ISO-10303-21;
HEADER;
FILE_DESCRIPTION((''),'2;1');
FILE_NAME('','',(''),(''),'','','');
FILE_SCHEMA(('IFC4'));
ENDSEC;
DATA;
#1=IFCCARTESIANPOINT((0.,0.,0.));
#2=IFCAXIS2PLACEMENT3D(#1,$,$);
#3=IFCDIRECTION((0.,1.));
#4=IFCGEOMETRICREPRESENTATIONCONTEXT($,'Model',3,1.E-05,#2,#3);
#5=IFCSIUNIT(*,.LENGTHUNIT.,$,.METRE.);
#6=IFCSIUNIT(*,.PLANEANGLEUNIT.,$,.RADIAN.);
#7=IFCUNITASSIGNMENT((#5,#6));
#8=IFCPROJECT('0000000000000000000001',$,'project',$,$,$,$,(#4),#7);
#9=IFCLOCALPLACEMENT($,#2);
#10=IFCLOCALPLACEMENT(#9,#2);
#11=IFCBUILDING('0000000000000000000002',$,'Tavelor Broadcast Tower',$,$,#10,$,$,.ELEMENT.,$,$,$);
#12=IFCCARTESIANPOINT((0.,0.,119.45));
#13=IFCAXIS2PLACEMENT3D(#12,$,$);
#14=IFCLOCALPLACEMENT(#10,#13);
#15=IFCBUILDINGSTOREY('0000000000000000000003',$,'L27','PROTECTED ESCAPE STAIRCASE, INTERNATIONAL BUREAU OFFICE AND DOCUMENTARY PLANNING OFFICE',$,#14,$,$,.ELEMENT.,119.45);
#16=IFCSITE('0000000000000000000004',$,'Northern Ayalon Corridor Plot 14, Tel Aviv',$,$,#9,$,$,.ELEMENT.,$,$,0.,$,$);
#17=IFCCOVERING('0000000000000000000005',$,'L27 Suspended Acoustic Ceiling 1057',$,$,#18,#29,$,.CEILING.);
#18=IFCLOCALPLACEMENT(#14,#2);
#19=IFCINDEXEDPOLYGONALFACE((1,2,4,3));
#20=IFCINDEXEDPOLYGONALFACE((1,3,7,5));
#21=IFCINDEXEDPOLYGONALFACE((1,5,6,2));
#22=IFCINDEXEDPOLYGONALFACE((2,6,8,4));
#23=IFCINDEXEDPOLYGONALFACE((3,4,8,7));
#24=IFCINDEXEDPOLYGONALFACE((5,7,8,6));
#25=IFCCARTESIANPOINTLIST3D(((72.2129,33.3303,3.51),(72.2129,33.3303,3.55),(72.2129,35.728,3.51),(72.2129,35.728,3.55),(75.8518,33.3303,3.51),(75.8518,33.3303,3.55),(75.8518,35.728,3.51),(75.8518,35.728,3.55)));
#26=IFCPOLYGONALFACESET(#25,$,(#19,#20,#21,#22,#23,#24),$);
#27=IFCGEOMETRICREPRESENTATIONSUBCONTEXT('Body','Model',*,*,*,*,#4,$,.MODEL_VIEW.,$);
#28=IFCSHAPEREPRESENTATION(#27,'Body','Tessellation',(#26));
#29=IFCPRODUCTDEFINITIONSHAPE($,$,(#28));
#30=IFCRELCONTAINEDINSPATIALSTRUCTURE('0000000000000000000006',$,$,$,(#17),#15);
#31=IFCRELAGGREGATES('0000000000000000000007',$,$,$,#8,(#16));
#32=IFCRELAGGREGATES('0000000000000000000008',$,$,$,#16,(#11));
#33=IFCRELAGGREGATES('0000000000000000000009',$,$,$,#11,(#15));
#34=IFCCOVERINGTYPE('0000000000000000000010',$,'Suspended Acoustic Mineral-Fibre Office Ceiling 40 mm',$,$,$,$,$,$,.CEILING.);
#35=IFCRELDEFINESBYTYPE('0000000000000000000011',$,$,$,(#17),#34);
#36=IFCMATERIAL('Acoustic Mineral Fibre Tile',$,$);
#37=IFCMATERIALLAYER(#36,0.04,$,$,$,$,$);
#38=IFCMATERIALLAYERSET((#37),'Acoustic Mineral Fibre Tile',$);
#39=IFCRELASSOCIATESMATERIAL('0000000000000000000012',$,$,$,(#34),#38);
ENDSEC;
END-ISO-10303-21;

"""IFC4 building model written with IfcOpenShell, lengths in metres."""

from ifc_helpers import new_model, si_unit, direction, frame, origin, place, context, subcontext, project, spatial, polyline, outline, extrude, material, layer, layer_set, type_object, element, save


model = new_model("IFC4")

# Units and contexts
model_context = context("Model", 3, precision=1e-05, world=origin(), true_north=direction((0.0, 1.0)))
body_context = subcontext(model_context, "Body", "Model", "MODEL_VIEW")
ifc_project = project(units=[si_unit("LENGTHUNIT", "METRE"), si_unit("PLANEANGLEUNIT", "RADIAN")], contexts=[model_context])

# Site, building, storey
site_placement = place(None, origin())
site = spatial("IfcSite", under=ifc_project, at=site_placement, Name="Northern Ayalon Corridor Plot 14, Tel Aviv", CompositionType="ELEMENT", RefElevation=0.0)
building_placement = place(site_placement, origin())
building = spatial("IfcBuilding", under=site, at=building_placement, Name="Tavelor Broadcast Tower", CompositionType="ELEMENT")
storey_placement = place(building_placement, frame((0.0, 0.0, 119.45)))
storey = spatial("IfcBuildingStorey", under=building, at=storey_placement, Name="L27", Description="PROTECTED ESCAPE STAIRCASE, INTERNATIONAL BUREAU OFFICE AND DOCUMENTARY PLANNING OFFICE", CompositionType="ELEMENT", Elevation=119.45)

# Covering
ifc_material_1 = material(Name="Acoustic Mineral Fibre Tile")
ifc_layer_1 = layer(ifc_material_1, 0.04)
ifc_layer_set_1 = layer_set([ifc_layer_1], Name="Acoustic Mineral Fibre Tile")
covering_type_1 = type_object("IfcCoveringType", Name="Suspended Acoustic Mineral-Fibre Office Ceiling 40 mm", PredefinedType="CEILING", material=ifc_layer_set_1)
covering_1_placement = place(storey_placement, frame((0.0, 0.0, 3.51)))
element("IfcCovering", 1, at=covering_1_placement, inside=storey, type_object=covering_type_1, Name="L27 Suspended Acoustic Ceiling 1057", PredefinedType="CEILING", context=body_context, shape_type="SweptSolid", body=[
    extrude(outline(polyline([(72.2129, 33.3303), (75.8518, 33.3303), (75.8518, 35.728), (72.2129, 35.728), (72.2129, 33.3303)])), origin(), (0.0, 0.0, 1.0), 0.04),
])

save(model, "model.ifc")
